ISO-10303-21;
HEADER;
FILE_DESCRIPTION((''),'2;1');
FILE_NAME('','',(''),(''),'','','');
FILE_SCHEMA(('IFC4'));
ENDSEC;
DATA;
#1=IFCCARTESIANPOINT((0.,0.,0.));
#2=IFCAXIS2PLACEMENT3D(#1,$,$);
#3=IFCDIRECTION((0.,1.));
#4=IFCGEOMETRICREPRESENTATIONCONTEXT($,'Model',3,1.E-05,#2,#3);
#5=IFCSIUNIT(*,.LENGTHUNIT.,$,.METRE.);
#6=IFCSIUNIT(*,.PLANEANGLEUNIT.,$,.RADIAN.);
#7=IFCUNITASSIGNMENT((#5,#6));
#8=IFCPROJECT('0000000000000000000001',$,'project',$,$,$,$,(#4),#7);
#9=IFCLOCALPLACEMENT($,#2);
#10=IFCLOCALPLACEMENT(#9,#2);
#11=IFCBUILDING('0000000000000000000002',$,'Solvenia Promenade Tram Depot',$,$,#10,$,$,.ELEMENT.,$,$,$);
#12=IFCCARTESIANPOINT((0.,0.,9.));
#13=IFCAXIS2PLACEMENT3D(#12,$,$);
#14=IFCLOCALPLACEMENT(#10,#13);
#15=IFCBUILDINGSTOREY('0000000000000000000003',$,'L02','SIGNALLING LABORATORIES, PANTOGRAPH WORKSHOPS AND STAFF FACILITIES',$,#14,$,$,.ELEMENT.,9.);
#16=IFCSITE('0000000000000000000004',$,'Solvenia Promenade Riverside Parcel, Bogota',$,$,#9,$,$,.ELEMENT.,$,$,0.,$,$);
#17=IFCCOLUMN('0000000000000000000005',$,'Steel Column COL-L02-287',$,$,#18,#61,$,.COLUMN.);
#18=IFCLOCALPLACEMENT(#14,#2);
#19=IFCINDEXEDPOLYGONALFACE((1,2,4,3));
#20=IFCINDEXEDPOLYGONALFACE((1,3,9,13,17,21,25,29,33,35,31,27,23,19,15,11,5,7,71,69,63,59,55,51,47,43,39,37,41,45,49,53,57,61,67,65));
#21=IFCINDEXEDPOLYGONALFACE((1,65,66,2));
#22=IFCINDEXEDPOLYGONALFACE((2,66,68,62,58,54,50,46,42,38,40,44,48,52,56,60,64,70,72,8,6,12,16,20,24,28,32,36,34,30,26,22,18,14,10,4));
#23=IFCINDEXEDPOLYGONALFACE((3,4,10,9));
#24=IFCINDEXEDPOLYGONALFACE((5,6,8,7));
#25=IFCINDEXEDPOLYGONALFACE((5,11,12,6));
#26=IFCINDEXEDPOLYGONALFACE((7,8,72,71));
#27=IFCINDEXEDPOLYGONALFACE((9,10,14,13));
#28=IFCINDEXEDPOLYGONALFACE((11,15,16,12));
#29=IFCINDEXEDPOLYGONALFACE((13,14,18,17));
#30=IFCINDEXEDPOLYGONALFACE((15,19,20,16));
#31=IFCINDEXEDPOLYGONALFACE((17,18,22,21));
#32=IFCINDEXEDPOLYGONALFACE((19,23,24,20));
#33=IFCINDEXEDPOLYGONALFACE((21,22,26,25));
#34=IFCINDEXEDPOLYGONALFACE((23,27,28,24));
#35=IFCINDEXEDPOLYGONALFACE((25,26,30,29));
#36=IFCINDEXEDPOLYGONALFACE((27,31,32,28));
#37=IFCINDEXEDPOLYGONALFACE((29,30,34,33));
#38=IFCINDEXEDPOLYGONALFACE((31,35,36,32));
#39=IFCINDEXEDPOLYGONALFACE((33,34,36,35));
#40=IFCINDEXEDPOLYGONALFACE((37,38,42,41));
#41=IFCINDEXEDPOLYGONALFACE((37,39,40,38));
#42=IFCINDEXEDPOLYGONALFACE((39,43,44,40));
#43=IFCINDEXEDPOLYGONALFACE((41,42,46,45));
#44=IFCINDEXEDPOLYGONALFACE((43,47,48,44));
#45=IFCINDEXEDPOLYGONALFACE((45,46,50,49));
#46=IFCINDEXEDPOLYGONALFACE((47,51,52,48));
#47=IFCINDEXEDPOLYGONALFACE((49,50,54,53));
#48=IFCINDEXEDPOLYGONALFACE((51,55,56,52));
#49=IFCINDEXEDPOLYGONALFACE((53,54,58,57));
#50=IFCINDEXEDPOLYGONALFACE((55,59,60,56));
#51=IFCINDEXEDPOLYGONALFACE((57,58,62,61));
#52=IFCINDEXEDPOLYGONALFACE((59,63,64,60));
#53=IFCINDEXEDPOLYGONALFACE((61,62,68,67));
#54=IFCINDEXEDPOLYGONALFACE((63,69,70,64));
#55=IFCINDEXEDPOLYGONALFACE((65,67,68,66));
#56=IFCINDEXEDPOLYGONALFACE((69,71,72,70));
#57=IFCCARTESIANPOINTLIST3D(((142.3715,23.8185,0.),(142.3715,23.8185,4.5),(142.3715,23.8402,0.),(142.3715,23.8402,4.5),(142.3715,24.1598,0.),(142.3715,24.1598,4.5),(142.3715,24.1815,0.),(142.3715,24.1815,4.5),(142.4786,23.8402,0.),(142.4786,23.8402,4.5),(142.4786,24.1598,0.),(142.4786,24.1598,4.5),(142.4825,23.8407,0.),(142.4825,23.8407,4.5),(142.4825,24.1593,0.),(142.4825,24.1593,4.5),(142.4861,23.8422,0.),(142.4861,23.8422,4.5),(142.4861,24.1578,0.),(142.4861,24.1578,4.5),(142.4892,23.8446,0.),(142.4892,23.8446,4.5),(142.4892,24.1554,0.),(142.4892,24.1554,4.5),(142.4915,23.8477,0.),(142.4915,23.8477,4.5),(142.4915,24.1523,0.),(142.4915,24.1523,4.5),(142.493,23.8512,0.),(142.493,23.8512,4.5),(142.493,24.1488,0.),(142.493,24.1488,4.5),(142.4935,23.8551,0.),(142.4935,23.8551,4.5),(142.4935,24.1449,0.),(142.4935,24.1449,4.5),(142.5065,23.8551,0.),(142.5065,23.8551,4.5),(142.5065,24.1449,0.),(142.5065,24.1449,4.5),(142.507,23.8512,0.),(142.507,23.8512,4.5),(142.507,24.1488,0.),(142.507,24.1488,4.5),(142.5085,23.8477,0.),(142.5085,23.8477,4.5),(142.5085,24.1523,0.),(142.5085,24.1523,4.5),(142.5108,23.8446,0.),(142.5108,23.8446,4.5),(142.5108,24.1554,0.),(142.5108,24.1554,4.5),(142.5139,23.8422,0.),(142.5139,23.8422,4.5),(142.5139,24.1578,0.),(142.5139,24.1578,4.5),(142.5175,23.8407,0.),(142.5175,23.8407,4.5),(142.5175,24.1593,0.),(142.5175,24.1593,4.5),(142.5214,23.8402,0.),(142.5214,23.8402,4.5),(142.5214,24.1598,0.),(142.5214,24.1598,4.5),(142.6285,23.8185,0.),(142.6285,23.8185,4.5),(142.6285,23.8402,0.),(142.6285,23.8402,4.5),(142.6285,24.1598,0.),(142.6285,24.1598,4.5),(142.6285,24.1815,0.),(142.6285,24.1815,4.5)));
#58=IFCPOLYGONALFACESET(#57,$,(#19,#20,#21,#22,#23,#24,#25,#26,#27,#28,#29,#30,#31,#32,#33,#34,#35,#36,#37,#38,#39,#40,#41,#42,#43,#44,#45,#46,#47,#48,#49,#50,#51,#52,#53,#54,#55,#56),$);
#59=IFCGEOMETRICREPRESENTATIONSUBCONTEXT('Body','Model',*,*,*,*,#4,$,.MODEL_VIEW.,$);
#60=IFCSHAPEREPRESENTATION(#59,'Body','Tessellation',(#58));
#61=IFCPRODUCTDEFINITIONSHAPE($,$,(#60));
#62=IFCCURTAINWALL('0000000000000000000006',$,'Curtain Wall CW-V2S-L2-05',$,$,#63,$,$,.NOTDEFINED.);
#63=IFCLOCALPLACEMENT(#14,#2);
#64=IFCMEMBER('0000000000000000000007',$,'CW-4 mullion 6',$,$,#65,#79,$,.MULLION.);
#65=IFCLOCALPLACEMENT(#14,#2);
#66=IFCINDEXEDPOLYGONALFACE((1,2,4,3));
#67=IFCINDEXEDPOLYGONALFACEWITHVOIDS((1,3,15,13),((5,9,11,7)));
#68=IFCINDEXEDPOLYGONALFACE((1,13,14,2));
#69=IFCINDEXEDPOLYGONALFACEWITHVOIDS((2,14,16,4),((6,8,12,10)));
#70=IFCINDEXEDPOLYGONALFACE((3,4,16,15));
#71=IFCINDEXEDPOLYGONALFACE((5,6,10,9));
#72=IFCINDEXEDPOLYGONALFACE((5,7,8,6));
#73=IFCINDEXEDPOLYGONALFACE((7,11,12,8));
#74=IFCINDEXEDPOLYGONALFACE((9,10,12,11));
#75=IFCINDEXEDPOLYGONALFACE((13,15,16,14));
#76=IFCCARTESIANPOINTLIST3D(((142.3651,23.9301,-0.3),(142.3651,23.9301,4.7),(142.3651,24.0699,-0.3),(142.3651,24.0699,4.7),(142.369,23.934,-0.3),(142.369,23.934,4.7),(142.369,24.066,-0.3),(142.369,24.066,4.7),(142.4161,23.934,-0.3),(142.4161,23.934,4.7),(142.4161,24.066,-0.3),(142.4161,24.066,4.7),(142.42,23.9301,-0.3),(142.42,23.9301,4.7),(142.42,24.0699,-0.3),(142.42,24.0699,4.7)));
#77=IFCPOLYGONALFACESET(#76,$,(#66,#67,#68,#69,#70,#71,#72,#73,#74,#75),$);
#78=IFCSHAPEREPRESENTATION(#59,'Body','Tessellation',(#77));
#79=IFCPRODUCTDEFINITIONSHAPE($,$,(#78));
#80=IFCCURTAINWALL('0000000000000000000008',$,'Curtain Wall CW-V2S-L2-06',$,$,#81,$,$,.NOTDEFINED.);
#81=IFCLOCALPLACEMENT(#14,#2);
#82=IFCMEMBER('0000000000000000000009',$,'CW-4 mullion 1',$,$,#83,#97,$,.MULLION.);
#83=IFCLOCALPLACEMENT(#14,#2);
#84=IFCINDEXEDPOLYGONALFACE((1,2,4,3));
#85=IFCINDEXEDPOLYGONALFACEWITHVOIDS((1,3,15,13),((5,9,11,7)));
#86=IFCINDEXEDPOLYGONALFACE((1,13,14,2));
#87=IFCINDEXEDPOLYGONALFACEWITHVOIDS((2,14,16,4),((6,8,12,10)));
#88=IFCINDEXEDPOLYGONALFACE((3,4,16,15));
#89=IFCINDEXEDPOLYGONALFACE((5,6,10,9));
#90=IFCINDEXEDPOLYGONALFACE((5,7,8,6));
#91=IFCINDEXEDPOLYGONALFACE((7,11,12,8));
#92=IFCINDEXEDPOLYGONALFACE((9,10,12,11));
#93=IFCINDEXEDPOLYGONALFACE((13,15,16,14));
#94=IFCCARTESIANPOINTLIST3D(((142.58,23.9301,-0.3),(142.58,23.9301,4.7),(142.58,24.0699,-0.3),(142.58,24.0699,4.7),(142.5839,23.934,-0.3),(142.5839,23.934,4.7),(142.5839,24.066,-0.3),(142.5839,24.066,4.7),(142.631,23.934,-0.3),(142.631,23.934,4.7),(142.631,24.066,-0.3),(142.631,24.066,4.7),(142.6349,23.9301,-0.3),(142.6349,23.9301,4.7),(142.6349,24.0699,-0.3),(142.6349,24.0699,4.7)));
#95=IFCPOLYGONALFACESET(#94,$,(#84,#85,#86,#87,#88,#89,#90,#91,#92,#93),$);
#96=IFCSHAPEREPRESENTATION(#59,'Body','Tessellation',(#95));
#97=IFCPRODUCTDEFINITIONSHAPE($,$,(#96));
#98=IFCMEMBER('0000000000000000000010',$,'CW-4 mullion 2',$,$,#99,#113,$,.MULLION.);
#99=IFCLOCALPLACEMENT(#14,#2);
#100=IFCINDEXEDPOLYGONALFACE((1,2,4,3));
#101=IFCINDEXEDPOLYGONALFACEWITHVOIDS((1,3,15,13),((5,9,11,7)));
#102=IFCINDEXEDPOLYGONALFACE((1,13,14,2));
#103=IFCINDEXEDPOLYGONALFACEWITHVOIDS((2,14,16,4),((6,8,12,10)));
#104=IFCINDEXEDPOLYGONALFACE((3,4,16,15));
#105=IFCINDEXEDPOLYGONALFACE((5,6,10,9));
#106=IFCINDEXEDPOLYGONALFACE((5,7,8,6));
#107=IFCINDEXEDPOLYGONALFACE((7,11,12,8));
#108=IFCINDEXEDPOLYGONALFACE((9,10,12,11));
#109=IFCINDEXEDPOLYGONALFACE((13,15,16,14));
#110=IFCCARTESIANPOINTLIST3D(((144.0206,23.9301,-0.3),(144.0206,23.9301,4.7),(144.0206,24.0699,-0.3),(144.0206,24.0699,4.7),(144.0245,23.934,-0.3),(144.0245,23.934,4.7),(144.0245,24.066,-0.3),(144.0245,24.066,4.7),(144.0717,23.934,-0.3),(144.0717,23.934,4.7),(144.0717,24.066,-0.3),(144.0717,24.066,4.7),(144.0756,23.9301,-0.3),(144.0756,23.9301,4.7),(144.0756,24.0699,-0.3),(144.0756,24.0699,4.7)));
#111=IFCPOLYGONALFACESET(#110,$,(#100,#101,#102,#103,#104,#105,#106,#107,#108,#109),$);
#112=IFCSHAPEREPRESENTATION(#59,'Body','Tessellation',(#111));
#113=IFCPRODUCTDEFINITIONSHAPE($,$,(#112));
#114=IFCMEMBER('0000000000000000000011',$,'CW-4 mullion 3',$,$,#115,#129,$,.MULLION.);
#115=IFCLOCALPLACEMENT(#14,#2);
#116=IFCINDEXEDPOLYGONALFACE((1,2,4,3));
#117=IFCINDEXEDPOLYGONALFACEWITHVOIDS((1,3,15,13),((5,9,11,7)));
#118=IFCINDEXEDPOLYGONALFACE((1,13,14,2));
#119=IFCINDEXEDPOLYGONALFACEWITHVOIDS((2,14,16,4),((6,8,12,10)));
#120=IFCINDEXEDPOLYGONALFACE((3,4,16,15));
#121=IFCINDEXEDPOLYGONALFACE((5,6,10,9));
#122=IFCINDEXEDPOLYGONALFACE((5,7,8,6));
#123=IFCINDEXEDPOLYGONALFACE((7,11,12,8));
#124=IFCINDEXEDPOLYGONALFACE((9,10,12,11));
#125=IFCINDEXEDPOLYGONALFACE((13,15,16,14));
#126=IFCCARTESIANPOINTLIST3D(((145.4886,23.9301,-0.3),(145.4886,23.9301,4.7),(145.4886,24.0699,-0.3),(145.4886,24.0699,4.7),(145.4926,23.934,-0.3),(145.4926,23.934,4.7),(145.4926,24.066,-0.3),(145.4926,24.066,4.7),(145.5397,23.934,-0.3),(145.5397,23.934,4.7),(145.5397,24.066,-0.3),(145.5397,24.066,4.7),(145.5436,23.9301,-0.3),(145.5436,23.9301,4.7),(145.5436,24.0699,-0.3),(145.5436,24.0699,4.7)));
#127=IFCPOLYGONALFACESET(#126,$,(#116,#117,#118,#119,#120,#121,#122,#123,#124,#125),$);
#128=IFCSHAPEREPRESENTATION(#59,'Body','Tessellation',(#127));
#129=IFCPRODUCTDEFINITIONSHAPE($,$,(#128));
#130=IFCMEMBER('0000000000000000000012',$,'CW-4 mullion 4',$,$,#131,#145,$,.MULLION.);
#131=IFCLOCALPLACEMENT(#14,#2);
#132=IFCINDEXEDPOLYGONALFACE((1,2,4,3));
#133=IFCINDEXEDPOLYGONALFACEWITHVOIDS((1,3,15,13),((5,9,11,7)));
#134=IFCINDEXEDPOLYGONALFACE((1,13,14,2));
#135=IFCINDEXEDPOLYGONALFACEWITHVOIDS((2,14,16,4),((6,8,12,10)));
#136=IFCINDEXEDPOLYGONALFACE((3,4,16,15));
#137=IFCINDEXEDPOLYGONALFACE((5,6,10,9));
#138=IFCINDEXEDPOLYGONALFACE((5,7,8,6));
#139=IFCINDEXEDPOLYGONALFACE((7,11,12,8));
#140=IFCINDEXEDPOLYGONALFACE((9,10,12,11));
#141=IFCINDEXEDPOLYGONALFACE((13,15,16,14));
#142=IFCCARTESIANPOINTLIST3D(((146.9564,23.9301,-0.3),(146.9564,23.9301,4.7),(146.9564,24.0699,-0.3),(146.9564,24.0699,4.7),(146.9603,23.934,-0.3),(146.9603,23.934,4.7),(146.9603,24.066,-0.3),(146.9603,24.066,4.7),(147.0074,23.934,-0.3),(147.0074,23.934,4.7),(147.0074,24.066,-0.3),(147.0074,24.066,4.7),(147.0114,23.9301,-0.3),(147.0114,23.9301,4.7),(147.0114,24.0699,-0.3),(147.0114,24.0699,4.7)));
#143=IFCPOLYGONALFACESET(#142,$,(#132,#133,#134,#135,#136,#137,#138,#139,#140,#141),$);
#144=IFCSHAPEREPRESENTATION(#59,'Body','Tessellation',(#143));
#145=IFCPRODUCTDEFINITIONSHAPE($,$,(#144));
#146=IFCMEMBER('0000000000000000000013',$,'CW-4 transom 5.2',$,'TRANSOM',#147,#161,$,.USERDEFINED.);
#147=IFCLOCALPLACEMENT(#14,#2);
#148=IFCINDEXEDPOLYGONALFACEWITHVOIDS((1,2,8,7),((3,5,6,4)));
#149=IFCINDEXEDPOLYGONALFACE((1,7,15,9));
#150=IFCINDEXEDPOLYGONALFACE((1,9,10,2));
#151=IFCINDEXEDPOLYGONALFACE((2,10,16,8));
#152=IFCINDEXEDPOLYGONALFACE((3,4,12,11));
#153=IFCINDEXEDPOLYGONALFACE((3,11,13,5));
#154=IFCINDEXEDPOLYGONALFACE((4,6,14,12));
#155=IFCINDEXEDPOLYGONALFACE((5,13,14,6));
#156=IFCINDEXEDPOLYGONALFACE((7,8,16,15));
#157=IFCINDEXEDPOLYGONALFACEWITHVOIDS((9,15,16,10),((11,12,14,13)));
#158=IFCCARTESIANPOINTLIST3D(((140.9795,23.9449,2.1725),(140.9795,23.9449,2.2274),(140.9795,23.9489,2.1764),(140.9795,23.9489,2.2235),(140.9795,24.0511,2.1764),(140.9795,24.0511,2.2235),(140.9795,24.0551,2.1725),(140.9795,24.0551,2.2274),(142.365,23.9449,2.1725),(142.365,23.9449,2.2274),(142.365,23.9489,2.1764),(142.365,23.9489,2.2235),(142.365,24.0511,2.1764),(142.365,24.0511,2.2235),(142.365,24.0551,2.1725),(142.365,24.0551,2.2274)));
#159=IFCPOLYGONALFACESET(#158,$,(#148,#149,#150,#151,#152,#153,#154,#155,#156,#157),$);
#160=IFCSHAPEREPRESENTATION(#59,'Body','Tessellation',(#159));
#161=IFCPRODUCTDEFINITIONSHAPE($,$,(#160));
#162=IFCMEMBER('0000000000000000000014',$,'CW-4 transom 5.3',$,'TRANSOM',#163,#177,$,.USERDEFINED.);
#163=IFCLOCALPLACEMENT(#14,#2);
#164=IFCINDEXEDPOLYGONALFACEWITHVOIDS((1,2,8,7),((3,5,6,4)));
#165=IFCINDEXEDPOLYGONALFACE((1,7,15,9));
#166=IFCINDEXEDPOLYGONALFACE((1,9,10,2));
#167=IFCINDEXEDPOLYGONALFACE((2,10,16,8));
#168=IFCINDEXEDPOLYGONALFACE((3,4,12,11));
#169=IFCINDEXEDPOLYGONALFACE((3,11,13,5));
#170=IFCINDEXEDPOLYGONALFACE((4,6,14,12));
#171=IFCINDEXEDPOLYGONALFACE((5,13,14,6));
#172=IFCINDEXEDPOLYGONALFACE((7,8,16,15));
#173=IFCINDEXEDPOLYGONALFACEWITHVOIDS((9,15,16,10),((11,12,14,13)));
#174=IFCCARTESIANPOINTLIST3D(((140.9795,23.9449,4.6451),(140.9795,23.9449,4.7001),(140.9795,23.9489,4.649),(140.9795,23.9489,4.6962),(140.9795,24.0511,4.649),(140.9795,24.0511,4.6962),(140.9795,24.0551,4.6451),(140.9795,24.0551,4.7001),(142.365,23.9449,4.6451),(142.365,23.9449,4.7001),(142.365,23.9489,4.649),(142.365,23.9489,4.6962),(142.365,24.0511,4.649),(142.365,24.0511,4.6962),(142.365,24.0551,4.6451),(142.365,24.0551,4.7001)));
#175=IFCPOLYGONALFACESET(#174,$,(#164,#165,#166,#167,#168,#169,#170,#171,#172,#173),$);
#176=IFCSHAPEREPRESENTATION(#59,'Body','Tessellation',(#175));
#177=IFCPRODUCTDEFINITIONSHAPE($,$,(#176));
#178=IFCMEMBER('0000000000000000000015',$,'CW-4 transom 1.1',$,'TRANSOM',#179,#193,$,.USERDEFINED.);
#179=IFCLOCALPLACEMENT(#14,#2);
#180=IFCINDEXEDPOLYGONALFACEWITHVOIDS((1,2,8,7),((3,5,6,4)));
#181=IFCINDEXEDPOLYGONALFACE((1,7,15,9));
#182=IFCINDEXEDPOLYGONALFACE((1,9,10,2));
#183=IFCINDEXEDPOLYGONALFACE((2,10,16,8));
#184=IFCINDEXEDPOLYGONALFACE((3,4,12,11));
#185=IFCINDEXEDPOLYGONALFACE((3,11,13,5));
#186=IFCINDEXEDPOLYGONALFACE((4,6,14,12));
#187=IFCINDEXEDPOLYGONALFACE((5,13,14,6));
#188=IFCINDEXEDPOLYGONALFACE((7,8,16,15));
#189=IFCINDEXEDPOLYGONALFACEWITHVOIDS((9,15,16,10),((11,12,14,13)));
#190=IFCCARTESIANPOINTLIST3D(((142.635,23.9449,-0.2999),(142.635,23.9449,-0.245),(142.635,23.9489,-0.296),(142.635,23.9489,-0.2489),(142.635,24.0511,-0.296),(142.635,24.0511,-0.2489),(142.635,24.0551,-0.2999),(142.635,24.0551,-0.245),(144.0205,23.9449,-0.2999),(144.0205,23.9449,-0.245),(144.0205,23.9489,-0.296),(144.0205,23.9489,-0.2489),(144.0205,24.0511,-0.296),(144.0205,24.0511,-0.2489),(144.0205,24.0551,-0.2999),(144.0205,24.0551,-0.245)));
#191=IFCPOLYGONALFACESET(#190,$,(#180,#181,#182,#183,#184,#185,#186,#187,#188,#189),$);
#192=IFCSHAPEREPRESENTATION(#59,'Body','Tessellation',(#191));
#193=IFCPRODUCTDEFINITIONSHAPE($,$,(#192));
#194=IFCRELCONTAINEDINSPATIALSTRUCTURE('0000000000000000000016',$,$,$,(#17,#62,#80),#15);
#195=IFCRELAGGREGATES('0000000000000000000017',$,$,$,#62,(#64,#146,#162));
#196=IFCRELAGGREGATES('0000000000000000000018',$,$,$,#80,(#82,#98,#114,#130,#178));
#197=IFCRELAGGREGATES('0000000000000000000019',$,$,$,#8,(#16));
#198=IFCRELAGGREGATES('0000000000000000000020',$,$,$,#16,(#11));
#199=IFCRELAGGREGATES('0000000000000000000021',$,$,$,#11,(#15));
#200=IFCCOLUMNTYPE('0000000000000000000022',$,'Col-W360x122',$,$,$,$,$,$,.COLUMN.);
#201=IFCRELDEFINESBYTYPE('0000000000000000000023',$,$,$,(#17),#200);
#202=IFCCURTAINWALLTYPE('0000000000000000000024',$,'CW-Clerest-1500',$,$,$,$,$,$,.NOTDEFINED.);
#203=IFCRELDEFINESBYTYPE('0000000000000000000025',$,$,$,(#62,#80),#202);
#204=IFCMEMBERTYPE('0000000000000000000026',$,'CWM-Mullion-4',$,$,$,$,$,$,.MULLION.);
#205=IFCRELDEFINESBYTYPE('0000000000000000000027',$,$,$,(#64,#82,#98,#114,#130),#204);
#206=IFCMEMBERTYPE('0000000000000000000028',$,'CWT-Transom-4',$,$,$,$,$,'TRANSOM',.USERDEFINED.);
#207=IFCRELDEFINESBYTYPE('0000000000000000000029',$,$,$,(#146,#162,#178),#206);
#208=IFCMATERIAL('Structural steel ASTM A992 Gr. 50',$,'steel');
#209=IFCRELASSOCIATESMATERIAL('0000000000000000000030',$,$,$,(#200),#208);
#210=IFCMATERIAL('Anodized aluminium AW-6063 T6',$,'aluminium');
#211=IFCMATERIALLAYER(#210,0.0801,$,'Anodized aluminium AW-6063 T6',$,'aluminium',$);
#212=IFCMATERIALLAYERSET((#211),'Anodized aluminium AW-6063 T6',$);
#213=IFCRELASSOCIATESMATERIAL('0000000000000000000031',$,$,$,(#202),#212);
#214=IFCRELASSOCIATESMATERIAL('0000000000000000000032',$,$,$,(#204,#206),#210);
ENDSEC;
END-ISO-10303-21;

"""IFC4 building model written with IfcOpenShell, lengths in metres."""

from ifc_helpers import new_model, si_unit, direction, frame, origin, origin_2d, place, context, subcontext, project, spatial, hollow_rectangle, i_section, extrude, material, layer, layer_set, material_profile, profile_set, type_object, element, aggregate, save


model = new_model("IFC4")

# Units and contexts
model_context = context("Model", 3, precision=1e-05, world=origin(), true_north=direction((0.0, 1.0)))
body_context = subcontext(model_context, "Body", "Model", "MODEL_VIEW")
ifc_project = project(units=[si_unit("LENGTHUNIT", "METRE"), si_unit("PLANEANGLEUNIT", "RADIAN")], contexts=[model_context])

# Site, building, storey
site_placement = place(None, origin())
site = spatial("IfcSite", under=ifc_project, at=site_placement, Name="Solvenia Promenade Riverside Parcel, Bogota", CompositionType="ELEMENT", RefElevation=0.0)
building_placement = place(site_placement, origin())
building = spatial("IfcBuilding", under=site, at=building_placement, Name="Solvenia Promenade Tram Depot", CompositionType="ELEMENT")
storey_placement = place(building_placement, frame((0.0, 0.0, 9.0)))
storey = spatial("IfcBuildingStorey", under=building, at=storey_placement, Name="L02", Description="SIGNALLING LABORATORIES, PANTOGRAPH WORKSHOPS AND STAFF FACILITIES", CompositionType="ELEMENT", Elevation=9.0)

# Column
ifc_material_1 = material(Name="Structural steel ASTM A992 Gr. 50", Category="steel")
ifc_material_profile_1 = material_profile(ifc_material_1, i_section(OverallWidth=0.2571, OverallDepth=0.363, WebThickness=0.0129, FlangeThickness=0.0217, FilletRadius=0.0149, at=origin_2d()), Name="W360x122", Category="steel")
ifc_profile_set_1 = profile_set([ifc_material_profile_1], Name="Structural steel ASTM A992 Gr. 50")
column_type = type_object("IfcColumnType", Name="Col-W360x122", PredefinedType="COLUMN", material=ifc_profile_set_1)
column_placement = place(storey_placement, frame((142.5, 24.0, 0.0), z_axis=(0.0, 0.0, 1.0), x_axis=(1.0, 0.0, 0.0)))
element("IfcColumn", 1, at=column_placement, inside=storey, type_object=column_type, Name="Steel Column COL-L02-287", PredefinedType="COLUMN", context=body_context, shape_type="SweptSolid", body=[
    extrude(i_section(OverallWidth=0.2571, OverallDepth=0.363, WebThickness=0.0129, FlangeThickness=0.0217, FilletRadius=0.0149, at=origin_2d()), origin(), (0.0, 0.0, 1.0), 4.5),
])

# Curtain wall, member
ifc_material_2 = material(Name="Anodized aluminium AW-6063 T6", Category="aluminium")
ifc_layer_1 = layer(ifc_material_2, 0.0801, Name="Anodized aluminium AW-6063 T6", Category="aluminium")
ifc_layer_set_1 = layer_set([ifc_layer_1], Name="Anodized aluminium AW-6063 T6")
curtain_wall_type = type_object("IfcCurtainWallType", Name="CW-Clerest-1500", PredefinedType="NOTDEFINED", material=ifc_layer_set_1)
curtain_wall_1_placement = place(storey_placement, origin())
curtain_wall_1 = element("IfcCurtainWall", 2, at=curtain_wall_1_placement, inside=storey, type_object=curtain_wall_type, Name="Curtain Wall CW-V2S-L2-05", PredefinedType="NOTDEFINED")
ifc_material_profile_2 = material_profile(ifc_material_2, hollow_rectangle(XDim=0.1399, YDim=0.0549, WallThickness=0.0039, at=origin_2d()), Name="ALU-M4", Category="aluminium")
ifc_profile_set_2 = profile_set([ifc_material_profile_2], Name="Anodized aluminium AW-6063 T6")
member_type_1 = type_object("IfcMemberType", Name="CWM-Mullion-4", PredefinedType="MULLION", material=ifc_profile_set_2)
member_1_placement = place(storey_placement, frame((142.3926, 24.0, -0.3), z_axis=(0.0, 0.0, 1.0), x_axis=(0.0, 1.0, 0.0)))
member_1 = element("IfcMember", 3, at=member_1_placement, type_object=member_type_1, Name="CW-4 mullion 6", PredefinedType="MULLION", context=body_context, shape_type="SweptSolid", body=[
    extrude(hollow_rectangle(XDim=0.1399, YDim=0.0549, WallThickness=0.0039, at=origin_2d()), origin(), (0.0, 0.0, 1.0), 5.0),
])

# Curtain wall, members
curtain_wall_2_placement = place(storey_placement, origin())
curtain_wall_2 = element("IfcCurtainWall", 4, at=curtain_wall_2_placement, inside=storey, type_object=curtain_wall_type, Name="Curtain Wall CW-V2S-L2-06", PredefinedType="NOTDEFINED")
member_2_placement = place(storey_placement, frame((142.6074, 24.0, -0.3), z_axis=(0.0, 0.0, 1.0), x_axis=(0.0, 1.0, 0.0)))
member_2 = element("IfcMember", 5, at=member_2_placement, type_object=member_type_1, Name="CW-4 mullion 1", PredefinedType="MULLION", context=body_context, shape_type="SweptSolid", body=[
    extrude(hollow_rectangle(XDim=0.1399, YDim=0.0549, WallThickness=0.0039, at=origin_2d()), origin(), (0.0, 0.0, 1.0), 5.0),
])
member_3_placement = place(storey_placement, frame((144.0481, 24.0, -0.3), z_axis=(0.0, 0.0, 1.0), x_axis=(0.0, 1.0, 0.0)))
member_3 = element("IfcMember", 6, at=member_3_placement, type_object=member_type_1, Name="CW-4 mullion 2", PredefinedType="MULLION", context=body_context, shape_type="SweptSolid", body=[
    extrude(hollow_rectangle(XDim=0.1399, YDim=0.0549, WallThickness=0.0039, at=origin_2d()), origin(), (0.0, 0.0, 1.0), 5.0),
])
member_4_placement = place(storey_placement, frame((145.5161, 24.0, -0.3), z_axis=(0.0, 0.0, 1.0), x_axis=(0.0, 1.0, 0.0)))
member_4 = element("IfcMember", 7, at=member_4_placement, type_object=member_type_1, Name="CW-4 mullion 3", PredefinedType="MULLION", context=body_context, shape_type="SweptSolid", body=[
    extrude(hollow_rectangle(XDim=0.1399, YDim=0.0549, WallThickness=0.0039, at=origin_2d()), origin(), (0.0, 0.0, 1.0), 5.0),
])
member_5_placement = place(storey_placement, frame((146.9839, 24.0, -0.3), z_axis=(0.0, 0.0, 1.0), x_axis=(0.0, 1.0, 0.0)))
member_5 = element("IfcMember", 8, at=member_5_placement, type_object=member_type_1, Name="CW-4 mullion 4", PredefinedType="MULLION", context=body_context, shape_type="SweptSolid", body=[
    extrude(hollow_rectangle(XDim=0.1399, YDim=0.0549, WallThickness=0.0039, at=origin_2d()), origin(), (0.0, 0.0, 1.0), 5.0),
])

# Members
ifc_material_profile_3 = material_profile(ifc_material_2, hollow_rectangle(XDim=0.1101, YDim=0.0549, WallThickness=0.0039, at=origin_2d()), Name="ALU-T4", Category="aluminium")
ifc_profile_set_3 = profile_set([ifc_material_profile_3], Name="Anodized aluminium AW-6063 T6")
member_type_2 = type_object("IfcMemberType", Name="CWT-Transom-4", ElementType="TRANSOM", PredefinedType="USERDEFINED", material=ifc_profile_set_3)
member_6_placement = place(storey_placement, frame((140.9795, 24.0, 2.2), z_axis=(1.0, 0.0, 0.0), x_axis=(0.0, 1.0, 0.0)))
member_6 = element("IfcMember", 9, at=member_6_placement, type_object=member_type_2, Name="CW-4 transom 5.2", ObjectType="TRANSOM", PredefinedType="USERDEFINED", context=body_context, shape_type="SweptSolid", body=[
    extrude(hollow_rectangle(XDim=0.1101, YDim=0.0549, WallThickness=0.0039, at=origin_2d()), origin(), (0.0, 0.0, 1.0), 1.3855),
])
member_7_placement = place(storey_placement, frame((140.9795, 24.0, 4.6726), z_axis=(1.0, 0.0, 0.0), x_axis=(0.0, 1.0, 0.0)))
member_7 = element("IfcMember", 10, at=member_7_placement, type_object=member_type_2, Name="CW-4 transom 5.3", ObjectType="TRANSOM", PredefinedType="USERDEFINED", context=body_context, shape_type="SweptSolid", body=[
    extrude(hollow_rectangle(XDim=0.1101, YDim=0.0549, WallThickness=0.0039, at=origin_2d()), origin(), (0.0, 0.0, 1.0), 1.3855),
])
member_8_placement = place(storey_placement, frame((142.635, 24.0, -0.2725), z_axis=(1.0, 0.0, 0.0), x_axis=(0.0, 1.0, 0.0)))
member_8 = element("IfcMember", 11, at=member_8_placement, type_object=member_type_2, Name="CW-4 transom 1.1", ObjectType="TRANSOM", PredefinedType="USERDEFINED", context=body_context, shape_type="SweptSolid", body=[
    extrude(hollow_rectangle(XDim=0.1101, YDim=0.0549, WallThickness=0.0039, at=origin_2d()), origin(), (0.0, 0.0, 1.0), 1.3855),
])

aggregate(curtain_wall_1, [member_1, member_6, member_7])
aggregate(curtain_wall_2, [member_2, member_3, member_4, member_5, member_8])

save(model, "model.ifc")
